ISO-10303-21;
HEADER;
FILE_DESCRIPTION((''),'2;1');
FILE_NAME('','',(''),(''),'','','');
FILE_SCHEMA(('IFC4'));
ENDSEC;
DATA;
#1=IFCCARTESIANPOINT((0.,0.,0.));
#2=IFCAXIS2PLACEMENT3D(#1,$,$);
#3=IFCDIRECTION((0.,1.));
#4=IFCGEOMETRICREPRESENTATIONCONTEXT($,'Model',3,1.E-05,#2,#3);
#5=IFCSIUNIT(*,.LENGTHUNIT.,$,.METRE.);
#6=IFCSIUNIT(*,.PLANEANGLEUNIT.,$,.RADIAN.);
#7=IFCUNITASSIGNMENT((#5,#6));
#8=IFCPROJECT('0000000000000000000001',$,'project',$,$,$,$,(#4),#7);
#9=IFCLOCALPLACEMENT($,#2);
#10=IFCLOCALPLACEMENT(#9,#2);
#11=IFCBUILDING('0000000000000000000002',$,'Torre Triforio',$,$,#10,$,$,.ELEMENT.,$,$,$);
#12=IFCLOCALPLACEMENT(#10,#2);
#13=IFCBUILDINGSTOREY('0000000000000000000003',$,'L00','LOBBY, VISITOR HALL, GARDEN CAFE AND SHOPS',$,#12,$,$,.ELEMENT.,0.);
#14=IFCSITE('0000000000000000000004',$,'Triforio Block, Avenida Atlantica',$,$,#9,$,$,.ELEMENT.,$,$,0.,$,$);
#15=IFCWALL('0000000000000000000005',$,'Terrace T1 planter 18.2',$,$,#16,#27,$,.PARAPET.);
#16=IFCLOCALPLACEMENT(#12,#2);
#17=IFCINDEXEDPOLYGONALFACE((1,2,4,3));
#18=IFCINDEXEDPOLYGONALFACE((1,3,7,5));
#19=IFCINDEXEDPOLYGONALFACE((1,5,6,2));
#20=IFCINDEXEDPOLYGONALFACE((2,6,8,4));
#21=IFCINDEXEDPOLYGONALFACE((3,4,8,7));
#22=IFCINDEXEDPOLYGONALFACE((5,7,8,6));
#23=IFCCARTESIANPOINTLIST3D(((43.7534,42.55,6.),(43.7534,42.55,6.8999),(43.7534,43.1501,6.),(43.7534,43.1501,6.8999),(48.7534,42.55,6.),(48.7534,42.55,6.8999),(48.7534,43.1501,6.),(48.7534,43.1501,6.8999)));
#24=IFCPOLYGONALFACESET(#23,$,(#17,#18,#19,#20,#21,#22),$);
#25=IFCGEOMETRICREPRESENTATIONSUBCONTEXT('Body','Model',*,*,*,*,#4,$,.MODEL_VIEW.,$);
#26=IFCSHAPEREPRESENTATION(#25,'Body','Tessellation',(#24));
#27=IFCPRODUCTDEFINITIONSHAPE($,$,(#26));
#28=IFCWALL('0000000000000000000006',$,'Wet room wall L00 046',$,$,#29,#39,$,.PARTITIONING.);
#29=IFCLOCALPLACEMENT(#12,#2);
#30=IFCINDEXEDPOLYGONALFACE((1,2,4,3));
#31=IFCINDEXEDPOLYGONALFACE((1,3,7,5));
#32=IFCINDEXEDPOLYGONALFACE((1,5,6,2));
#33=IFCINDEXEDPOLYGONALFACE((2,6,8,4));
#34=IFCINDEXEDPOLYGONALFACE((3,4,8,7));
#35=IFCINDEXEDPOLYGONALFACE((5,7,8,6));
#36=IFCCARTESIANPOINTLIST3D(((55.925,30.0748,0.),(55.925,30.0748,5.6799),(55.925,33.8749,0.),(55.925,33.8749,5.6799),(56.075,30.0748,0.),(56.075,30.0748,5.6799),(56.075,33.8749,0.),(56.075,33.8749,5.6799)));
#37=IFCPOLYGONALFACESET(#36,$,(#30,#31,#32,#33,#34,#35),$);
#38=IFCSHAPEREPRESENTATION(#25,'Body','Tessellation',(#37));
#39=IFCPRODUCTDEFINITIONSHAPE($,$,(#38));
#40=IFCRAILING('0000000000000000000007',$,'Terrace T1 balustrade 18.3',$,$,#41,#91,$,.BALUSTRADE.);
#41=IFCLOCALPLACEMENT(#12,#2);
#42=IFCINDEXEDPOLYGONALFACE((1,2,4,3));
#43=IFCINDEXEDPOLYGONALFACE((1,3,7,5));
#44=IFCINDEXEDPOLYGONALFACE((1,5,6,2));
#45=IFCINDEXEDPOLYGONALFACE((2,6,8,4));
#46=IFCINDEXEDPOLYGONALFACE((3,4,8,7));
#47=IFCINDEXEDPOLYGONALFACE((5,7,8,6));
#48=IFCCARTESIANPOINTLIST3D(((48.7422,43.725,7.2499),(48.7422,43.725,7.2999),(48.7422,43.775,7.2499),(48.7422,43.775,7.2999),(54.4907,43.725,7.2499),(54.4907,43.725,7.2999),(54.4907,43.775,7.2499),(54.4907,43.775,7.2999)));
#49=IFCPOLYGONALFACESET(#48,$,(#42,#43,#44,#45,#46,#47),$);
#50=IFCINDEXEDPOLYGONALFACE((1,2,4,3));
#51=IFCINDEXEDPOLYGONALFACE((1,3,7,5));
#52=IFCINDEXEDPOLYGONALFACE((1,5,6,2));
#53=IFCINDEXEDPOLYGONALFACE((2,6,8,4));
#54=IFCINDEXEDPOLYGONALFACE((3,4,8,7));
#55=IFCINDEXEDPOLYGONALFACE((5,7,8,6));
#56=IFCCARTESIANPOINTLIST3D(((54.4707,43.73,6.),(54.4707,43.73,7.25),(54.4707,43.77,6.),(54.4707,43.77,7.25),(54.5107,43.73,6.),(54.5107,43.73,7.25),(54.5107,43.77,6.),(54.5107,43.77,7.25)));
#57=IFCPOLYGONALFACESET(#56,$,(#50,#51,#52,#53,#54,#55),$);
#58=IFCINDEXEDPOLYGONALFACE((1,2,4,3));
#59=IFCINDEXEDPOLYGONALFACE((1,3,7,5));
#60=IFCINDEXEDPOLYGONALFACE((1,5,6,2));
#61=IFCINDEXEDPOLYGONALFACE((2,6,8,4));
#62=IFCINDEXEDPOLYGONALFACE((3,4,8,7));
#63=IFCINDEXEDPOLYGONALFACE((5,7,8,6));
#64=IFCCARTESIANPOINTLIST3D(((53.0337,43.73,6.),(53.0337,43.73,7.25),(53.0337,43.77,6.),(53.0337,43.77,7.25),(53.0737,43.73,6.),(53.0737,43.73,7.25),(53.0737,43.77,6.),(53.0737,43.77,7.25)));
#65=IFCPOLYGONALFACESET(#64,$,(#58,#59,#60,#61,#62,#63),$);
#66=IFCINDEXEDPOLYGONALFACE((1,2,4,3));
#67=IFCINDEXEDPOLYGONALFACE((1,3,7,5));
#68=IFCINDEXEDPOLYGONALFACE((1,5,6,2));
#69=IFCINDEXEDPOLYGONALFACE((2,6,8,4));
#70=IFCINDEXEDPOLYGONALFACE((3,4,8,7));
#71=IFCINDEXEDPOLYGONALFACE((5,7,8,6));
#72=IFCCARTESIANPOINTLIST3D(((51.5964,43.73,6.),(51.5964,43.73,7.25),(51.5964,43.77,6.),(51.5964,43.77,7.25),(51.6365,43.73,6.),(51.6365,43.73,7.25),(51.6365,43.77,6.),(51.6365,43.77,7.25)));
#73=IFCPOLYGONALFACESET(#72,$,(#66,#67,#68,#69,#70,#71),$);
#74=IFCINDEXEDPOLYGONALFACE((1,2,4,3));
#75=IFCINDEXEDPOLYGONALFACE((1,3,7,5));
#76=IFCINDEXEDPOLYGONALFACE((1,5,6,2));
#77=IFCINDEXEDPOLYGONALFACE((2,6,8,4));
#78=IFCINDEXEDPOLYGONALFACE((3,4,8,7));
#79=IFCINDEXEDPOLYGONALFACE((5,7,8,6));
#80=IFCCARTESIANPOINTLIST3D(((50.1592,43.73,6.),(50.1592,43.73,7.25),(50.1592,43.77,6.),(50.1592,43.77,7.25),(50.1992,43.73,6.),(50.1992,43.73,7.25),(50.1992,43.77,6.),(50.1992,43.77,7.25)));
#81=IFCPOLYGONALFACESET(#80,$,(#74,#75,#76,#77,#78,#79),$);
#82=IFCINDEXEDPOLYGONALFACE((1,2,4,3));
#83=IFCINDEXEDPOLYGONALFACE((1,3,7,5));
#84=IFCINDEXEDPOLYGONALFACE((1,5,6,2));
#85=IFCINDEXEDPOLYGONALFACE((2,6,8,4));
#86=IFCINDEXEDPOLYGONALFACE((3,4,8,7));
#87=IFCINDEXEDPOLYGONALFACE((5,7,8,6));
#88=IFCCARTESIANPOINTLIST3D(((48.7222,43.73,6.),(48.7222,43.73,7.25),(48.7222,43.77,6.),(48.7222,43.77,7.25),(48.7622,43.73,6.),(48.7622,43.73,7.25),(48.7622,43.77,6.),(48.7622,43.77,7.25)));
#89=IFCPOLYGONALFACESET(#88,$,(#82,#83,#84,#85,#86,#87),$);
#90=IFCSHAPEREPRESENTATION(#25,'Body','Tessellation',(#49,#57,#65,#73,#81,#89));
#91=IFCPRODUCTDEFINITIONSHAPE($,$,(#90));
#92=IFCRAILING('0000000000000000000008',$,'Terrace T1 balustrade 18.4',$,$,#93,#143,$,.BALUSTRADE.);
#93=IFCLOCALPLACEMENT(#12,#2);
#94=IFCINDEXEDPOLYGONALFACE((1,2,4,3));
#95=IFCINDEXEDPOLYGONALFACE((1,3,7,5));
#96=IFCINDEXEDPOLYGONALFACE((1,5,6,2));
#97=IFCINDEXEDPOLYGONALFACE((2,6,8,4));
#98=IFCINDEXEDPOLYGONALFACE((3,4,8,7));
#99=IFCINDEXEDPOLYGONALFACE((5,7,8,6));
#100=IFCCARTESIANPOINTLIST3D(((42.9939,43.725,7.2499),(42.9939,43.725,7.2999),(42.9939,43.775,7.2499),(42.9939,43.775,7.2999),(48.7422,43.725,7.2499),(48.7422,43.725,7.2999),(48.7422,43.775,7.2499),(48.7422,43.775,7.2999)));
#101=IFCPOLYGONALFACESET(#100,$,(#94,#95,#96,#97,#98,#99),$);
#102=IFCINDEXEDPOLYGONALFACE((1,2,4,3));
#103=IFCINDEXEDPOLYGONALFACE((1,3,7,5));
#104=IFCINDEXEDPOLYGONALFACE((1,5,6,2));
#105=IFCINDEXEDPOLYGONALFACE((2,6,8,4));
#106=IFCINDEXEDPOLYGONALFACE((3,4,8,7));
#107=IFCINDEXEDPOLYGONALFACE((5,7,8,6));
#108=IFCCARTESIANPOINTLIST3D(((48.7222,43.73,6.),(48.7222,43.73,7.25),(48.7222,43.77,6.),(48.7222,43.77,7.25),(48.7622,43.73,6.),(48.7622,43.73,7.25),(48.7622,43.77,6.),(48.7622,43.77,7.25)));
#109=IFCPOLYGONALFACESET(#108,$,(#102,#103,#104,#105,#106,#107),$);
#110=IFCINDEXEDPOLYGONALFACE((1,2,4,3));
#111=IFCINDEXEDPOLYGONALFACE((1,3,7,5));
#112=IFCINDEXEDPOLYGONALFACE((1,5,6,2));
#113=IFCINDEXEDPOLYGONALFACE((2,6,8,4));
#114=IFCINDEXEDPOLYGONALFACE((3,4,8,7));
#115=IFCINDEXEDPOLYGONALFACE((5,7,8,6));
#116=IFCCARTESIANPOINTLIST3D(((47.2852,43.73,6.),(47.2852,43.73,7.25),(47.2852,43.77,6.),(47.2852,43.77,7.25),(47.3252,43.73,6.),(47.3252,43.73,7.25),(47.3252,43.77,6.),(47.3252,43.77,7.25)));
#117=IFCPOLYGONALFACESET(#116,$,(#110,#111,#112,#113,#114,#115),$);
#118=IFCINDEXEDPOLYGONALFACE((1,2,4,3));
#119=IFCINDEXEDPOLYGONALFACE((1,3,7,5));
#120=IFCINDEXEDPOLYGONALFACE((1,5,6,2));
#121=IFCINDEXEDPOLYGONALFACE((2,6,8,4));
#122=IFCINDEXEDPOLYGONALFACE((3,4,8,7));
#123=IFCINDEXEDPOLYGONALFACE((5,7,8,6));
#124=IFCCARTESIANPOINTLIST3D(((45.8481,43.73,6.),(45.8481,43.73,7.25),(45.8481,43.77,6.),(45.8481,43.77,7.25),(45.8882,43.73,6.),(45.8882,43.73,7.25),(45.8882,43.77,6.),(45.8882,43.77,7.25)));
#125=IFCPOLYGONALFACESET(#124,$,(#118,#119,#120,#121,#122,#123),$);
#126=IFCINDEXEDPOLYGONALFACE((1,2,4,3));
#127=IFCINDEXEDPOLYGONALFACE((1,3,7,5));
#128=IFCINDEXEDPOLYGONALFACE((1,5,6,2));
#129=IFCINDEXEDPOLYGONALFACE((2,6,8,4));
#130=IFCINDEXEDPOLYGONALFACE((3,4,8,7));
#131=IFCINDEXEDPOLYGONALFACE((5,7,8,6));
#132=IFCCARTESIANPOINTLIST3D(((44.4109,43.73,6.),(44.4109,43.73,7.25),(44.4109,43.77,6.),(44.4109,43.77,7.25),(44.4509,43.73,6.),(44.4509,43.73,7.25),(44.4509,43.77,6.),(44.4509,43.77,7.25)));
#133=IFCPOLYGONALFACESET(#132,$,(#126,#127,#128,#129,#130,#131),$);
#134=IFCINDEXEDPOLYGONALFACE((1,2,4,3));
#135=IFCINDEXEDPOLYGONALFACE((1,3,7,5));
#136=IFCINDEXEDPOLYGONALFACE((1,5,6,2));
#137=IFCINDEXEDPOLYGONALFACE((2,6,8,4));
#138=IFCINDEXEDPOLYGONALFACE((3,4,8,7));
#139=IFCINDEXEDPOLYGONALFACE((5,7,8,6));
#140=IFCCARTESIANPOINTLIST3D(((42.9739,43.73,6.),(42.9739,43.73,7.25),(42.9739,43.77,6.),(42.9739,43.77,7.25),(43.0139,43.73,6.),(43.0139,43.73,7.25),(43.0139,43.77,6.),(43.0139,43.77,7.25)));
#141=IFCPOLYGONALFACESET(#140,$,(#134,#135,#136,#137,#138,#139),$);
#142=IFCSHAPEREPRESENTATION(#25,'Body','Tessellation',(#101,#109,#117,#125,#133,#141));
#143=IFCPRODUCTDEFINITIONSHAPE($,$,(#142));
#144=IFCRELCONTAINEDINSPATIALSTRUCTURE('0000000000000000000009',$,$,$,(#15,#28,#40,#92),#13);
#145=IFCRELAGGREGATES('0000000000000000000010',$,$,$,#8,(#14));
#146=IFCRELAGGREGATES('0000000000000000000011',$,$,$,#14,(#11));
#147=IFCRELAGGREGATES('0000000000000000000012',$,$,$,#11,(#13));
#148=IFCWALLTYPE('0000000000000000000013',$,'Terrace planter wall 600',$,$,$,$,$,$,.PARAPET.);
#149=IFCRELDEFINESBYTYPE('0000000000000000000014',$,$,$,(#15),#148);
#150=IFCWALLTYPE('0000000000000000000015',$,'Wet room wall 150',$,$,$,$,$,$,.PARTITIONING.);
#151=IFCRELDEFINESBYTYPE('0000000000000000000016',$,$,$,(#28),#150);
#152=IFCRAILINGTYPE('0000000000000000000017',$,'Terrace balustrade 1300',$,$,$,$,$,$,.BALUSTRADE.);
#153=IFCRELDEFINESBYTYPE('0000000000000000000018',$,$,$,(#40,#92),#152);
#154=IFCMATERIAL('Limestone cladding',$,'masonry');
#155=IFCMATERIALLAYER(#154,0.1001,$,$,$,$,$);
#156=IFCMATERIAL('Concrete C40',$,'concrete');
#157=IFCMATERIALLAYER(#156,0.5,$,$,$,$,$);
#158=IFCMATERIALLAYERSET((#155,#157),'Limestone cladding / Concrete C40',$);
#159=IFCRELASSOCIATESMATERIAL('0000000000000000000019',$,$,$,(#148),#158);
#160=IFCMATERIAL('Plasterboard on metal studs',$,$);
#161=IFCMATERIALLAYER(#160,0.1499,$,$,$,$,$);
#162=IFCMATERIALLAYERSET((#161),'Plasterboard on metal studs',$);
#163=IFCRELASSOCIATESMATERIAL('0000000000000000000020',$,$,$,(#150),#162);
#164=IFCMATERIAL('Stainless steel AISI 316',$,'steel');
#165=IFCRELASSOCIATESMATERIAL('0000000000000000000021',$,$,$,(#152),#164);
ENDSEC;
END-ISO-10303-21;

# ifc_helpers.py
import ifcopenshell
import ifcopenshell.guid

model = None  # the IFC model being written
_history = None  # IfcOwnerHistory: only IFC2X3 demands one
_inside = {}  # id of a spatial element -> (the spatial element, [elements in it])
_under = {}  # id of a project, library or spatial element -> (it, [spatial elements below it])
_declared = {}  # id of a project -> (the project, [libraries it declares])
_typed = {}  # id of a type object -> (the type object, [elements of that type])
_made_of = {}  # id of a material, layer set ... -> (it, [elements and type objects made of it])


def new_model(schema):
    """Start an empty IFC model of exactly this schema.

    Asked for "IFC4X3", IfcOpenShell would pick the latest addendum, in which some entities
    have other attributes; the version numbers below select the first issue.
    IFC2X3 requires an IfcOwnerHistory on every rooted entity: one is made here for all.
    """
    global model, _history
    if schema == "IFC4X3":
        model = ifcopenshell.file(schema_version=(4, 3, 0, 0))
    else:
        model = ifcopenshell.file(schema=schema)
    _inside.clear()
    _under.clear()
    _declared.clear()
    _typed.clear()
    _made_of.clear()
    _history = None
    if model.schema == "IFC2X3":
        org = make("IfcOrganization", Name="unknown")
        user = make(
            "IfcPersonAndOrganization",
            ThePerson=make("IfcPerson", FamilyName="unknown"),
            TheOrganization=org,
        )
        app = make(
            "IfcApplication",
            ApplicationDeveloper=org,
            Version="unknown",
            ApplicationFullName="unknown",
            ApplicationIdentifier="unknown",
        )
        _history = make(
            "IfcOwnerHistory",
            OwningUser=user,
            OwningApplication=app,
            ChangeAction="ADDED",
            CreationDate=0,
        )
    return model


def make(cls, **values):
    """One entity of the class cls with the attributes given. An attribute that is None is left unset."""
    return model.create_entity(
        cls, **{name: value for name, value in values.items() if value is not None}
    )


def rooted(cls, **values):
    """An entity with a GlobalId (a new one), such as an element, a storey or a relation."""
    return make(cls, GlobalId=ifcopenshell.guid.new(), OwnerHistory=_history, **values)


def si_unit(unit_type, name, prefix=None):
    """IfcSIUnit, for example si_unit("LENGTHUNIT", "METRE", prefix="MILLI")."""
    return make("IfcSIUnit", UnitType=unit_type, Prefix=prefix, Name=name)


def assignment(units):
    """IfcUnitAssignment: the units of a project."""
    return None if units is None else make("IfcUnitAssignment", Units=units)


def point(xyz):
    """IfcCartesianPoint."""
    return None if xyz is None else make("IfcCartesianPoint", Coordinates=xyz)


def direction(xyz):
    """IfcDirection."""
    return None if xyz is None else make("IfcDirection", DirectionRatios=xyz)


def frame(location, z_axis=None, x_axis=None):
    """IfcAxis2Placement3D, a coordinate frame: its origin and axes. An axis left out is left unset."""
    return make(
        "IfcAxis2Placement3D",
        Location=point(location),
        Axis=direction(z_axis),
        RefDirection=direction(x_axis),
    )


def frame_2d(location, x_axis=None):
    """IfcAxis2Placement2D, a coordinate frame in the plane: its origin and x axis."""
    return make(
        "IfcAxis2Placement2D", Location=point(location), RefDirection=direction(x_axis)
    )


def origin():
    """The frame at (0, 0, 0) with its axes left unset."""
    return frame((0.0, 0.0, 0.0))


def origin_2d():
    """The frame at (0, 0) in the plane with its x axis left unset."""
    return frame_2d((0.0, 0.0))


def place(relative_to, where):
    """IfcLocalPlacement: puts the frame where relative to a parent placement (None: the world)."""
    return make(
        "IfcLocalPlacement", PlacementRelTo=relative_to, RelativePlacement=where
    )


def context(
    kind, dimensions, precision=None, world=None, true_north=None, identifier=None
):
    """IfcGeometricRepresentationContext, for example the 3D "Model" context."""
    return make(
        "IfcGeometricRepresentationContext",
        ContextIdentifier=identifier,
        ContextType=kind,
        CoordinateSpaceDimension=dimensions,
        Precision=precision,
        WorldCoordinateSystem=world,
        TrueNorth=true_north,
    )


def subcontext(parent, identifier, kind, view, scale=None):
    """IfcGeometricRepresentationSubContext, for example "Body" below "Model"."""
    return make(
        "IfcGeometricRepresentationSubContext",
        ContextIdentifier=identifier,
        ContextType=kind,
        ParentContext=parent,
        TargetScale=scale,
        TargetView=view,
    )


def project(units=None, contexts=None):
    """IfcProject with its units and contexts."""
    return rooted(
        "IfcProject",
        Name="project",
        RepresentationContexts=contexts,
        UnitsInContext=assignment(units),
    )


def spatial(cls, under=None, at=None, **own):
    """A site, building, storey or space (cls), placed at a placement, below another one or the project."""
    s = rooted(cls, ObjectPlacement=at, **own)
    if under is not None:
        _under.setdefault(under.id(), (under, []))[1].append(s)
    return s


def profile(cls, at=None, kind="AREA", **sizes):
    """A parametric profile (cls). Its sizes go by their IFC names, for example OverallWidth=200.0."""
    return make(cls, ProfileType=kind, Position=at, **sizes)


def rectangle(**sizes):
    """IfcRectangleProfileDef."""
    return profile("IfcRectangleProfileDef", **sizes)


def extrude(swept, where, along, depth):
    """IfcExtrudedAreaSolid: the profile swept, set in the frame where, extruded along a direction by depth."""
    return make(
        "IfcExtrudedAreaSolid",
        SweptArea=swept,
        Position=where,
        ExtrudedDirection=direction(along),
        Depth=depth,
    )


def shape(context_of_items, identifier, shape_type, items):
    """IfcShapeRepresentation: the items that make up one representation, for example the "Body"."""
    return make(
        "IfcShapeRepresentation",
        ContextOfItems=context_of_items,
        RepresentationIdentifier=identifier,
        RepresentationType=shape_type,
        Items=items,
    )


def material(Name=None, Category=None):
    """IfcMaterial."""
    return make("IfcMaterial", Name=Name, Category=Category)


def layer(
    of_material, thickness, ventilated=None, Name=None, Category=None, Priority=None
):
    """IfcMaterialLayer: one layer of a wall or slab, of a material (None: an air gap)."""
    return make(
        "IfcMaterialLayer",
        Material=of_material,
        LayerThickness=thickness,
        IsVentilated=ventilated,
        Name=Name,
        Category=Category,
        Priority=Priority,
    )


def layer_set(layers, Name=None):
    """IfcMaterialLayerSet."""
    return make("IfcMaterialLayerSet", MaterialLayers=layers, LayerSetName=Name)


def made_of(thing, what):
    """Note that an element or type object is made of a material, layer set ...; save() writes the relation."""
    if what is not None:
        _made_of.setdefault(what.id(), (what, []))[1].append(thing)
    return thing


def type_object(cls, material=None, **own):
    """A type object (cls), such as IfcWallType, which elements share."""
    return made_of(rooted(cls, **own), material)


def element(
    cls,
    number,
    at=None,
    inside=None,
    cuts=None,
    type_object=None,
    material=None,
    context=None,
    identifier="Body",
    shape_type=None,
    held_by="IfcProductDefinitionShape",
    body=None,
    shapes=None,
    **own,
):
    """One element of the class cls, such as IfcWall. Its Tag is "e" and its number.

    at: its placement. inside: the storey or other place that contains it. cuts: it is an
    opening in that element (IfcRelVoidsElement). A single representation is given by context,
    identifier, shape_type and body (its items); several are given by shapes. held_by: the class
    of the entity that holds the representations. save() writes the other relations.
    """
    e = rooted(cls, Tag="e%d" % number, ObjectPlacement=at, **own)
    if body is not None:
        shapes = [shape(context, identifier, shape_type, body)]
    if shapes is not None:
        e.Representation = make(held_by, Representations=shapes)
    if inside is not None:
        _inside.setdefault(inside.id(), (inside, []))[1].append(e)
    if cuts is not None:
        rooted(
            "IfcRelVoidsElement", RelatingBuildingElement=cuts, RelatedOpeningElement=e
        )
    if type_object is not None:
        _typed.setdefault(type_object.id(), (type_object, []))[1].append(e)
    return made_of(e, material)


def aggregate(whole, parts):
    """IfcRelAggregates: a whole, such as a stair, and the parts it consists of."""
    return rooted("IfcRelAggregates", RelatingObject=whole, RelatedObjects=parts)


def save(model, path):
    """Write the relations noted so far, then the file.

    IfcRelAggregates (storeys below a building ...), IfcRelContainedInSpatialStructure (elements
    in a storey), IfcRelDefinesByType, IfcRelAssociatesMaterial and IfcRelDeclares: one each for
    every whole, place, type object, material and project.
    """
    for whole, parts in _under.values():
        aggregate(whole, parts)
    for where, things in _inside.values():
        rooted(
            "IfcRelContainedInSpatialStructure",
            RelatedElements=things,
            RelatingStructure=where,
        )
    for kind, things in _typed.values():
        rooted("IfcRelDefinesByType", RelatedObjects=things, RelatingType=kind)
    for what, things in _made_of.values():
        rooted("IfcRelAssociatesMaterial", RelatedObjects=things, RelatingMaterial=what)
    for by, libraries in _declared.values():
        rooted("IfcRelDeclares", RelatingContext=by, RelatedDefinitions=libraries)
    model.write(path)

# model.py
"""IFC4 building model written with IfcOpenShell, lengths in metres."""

from ifc_helpers import new_model, si_unit, direction, frame, frame_2d, origin, origin_2d, place, context, subcontext, project, spatial, rectangle, extrude, material, layer, layer_set, type_object, element, save


model = new_model("IFC4")

# Units and contexts
model_context = context("Model", 3, precision=1e-05, world=origin(), true_north=direction((0.0, 1.0)))
body_context = subcontext(model_context, "Body", "Model", "MODEL_VIEW")
ifc_project = project(units=[si_unit("LENGTHUNIT", "METRE"), si_unit("PLANEANGLEUNIT", "RADIAN")], contexts=[model_context])

# Site, building, storey
site_placement = place(None, origin())
site = spatial("IfcSite", under=ifc_project, at=site_placement, Name="Triforio Block, Avenida Atlantica", CompositionType="ELEMENT", RefElevation=0.0)
building_placement = place(site_placement, origin())
building = spatial("IfcBuilding", under=site, at=building_placement, Name="Torre Triforio", CompositionType="ELEMENT")
storey_placement = place(building_placement, origin())
storey = spatial("IfcBuildingStorey", under=building, at=storey_placement, Name="L00", Description="LOBBY, VISITOR HALL, GARDEN CAFE AND SHOPS", CompositionType="ELEMENT", Elevation=0.0)

# Walls
ifc_material_1 = material(Name="Limestone cladding", Category="masonry")
ifc_material_2 = material(Name="Concrete C40", Category="concrete")
ifc_layer_1 = layer(ifc_material_1, 0.1001)
ifc_layer_2 = layer(ifc_material_2, 0.5)
ifc_layer_set_1 = layer_set([ifc_layer_1, ifc_layer_2], Name="Limestone cladding / Concrete C40")
wall_type_1 = type_object("IfcWallType", Name="Terrace planter wall 600", PredefinedType="PARAPET", material=ifc_layer_set_1)
wall_1_placement = place(storey_placement, frame((48.7534, 42.8501, 6.0), z_axis=(0.0, 0.0, 1.0), x_axis=(-1.0, 0.0, 0.0)))
element("IfcWall", 1, at=wall_1_placement, inside=storey, type_object=wall_type_1, Name="Terrace T1 planter 18.2", PredefinedType="PARAPET", context=body_context, shape_type="SweptSolid", body=[
    extrude(rectangle(XDim=5.0, YDim=0.6001, at=frame_2d((2.5, 0.0))), origin(), (0.0, 0.0, 1.0), 0.8999),
])
ifc_material_3 = material(Name="Plasterboard on metal studs")
ifc_layer_3 = layer(ifc_material_3, 0.1499)
ifc_layer_set_2 = layer_set([ifc_layer_3], Name="Plasterboard on metal studs")
wall_type_2 = type_object("IfcWallType", Name="Wet room wall 150", PredefinedType="PARTITIONING", material=ifc_layer_set_2)
wall_2_placement = place(storey_placement, frame((56.0, 30.075, 0.0), z_axis=(0.0, 0.0, 1.0), x_axis=(0.0, 1.0, 0.0)))
element("IfcWall", 2, at=wall_2_placement, inside=storey, type_object=wall_type_2, Name="Wet room wall L00 046", PredefinedType="PARTITIONING", context=body_context, shape_type="SweptSolid", body=[
    extrude(rectangle(XDim=3.8, YDim=0.1499, at=frame_2d((1.8999, 0.0))), origin(), (0.0, 0.0, 1.0), 5.6799),
])

# Railings
ifc_material_4 = material(Name="Stainless steel AISI 316", Category="steel")
railing_type = type_object("IfcRailingType", Name="Terrace balustrade 1300", PredefinedType="BALUSTRADE", material=ifc_material_4)
railing_1_placement = place(storey_placement, frame((54.4907, 43.75, 6.0)))
element("IfcRailing", 3, at=railing_1_placement, inside=storey, type_object=railing_type, Name="Terrace T1 balustrade 18.3", PredefinedType="BALUSTRADE", context=body_context, shape_type="SweptSolid", body=[
    extrude(rectangle(XDim=0.05, YDim=0.05, at=origin_2d()), frame((0.0, 0.0, 1.2749), z_axis=(-1.0, 0.0, 0.0), x_axis=(0.0, -1.0, 0.0)), (0.0, 0.0, 1.0), 5.7485),
    extrude(rectangle(XDim=0.04, YDim=0.04, at=origin_2d()), origin(), (0.0, 0.0, 1.0), 1.25),
    extrude(rectangle(XDim=0.04, YDim=0.04, at=origin_2d()), frame((-1.437, 0.0, 0.0)), (0.0, 0.0, 1.0), 1.25),
    extrude(rectangle(XDim=0.04, YDim=0.04, at=origin_2d()), frame((-2.8743, 0.0, 0.0)), (0.0, 0.0, 1.0), 1.25),
    extrude(rectangle(XDim=0.04, YDim=0.04, at=origin_2d()), frame((-4.3115, 0.0, 0.0)), (0.0, 0.0, 1.0), 1.25),
    extrude(rectangle(XDim=0.04, YDim=0.04, at=origin_2d()), frame((-5.7485, 0.0, 0.0)), (0.0, 0.0, 1.0), 1.25),
])
railing_2_placement = place(storey_placement, frame((48.7422, 43.75, 6.0)))
element("IfcRailing", 4, at=railing_2_placement, inside=storey, type_object=railing_type, Name="Terrace T1 balustrade 18.4", PredefinedType="BALUSTRADE", context=body_context, shape_type="SweptSolid", body=[
    extrude(rectangle(XDim=0.05, YDim=0.05, at=origin_2d()), frame((0.0, 0.0, 1.2749), z_axis=(-1.0, 0.0, 0.0), x_axis=(0.0, -1.0, 0.0)), (0.0, 0.0, 1.0), 5.7483),
    extrude(rectangle(XDim=0.04, YDim=0.04, at=origin_2d()), origin(), (0.0, 0.0, 1.0), 1.25),
    extrude(rectangle(XDim=0.04, YDim=0.04, at=origin_2d()), frame((-1.437, 0.0, 0.0)), (0.0, 0.0, 1.0), 1.25),
    extrude(rectangle(XDim=0.04, YDim=0.04, at=origin_2d()), frame((-2.874, 0.0, 0.0)), (0.0, 0.0, 1.0), 1.25),
    extrude(rectangle(XDim=0.04, YDim=0.04, at=origin_2d()), frame((-4.3113, 0.0, 0.0)), (0.0, 0.0, 1.0), 1.25),
    extrude(rectangle(XDim=0.04, YDim=0.04, at=origin_2d()), frame((-5.7483, 0.0, 0.0)), (0.0, 0.0, 1.0), 1.25),
])

save(model, "model.ifc")
